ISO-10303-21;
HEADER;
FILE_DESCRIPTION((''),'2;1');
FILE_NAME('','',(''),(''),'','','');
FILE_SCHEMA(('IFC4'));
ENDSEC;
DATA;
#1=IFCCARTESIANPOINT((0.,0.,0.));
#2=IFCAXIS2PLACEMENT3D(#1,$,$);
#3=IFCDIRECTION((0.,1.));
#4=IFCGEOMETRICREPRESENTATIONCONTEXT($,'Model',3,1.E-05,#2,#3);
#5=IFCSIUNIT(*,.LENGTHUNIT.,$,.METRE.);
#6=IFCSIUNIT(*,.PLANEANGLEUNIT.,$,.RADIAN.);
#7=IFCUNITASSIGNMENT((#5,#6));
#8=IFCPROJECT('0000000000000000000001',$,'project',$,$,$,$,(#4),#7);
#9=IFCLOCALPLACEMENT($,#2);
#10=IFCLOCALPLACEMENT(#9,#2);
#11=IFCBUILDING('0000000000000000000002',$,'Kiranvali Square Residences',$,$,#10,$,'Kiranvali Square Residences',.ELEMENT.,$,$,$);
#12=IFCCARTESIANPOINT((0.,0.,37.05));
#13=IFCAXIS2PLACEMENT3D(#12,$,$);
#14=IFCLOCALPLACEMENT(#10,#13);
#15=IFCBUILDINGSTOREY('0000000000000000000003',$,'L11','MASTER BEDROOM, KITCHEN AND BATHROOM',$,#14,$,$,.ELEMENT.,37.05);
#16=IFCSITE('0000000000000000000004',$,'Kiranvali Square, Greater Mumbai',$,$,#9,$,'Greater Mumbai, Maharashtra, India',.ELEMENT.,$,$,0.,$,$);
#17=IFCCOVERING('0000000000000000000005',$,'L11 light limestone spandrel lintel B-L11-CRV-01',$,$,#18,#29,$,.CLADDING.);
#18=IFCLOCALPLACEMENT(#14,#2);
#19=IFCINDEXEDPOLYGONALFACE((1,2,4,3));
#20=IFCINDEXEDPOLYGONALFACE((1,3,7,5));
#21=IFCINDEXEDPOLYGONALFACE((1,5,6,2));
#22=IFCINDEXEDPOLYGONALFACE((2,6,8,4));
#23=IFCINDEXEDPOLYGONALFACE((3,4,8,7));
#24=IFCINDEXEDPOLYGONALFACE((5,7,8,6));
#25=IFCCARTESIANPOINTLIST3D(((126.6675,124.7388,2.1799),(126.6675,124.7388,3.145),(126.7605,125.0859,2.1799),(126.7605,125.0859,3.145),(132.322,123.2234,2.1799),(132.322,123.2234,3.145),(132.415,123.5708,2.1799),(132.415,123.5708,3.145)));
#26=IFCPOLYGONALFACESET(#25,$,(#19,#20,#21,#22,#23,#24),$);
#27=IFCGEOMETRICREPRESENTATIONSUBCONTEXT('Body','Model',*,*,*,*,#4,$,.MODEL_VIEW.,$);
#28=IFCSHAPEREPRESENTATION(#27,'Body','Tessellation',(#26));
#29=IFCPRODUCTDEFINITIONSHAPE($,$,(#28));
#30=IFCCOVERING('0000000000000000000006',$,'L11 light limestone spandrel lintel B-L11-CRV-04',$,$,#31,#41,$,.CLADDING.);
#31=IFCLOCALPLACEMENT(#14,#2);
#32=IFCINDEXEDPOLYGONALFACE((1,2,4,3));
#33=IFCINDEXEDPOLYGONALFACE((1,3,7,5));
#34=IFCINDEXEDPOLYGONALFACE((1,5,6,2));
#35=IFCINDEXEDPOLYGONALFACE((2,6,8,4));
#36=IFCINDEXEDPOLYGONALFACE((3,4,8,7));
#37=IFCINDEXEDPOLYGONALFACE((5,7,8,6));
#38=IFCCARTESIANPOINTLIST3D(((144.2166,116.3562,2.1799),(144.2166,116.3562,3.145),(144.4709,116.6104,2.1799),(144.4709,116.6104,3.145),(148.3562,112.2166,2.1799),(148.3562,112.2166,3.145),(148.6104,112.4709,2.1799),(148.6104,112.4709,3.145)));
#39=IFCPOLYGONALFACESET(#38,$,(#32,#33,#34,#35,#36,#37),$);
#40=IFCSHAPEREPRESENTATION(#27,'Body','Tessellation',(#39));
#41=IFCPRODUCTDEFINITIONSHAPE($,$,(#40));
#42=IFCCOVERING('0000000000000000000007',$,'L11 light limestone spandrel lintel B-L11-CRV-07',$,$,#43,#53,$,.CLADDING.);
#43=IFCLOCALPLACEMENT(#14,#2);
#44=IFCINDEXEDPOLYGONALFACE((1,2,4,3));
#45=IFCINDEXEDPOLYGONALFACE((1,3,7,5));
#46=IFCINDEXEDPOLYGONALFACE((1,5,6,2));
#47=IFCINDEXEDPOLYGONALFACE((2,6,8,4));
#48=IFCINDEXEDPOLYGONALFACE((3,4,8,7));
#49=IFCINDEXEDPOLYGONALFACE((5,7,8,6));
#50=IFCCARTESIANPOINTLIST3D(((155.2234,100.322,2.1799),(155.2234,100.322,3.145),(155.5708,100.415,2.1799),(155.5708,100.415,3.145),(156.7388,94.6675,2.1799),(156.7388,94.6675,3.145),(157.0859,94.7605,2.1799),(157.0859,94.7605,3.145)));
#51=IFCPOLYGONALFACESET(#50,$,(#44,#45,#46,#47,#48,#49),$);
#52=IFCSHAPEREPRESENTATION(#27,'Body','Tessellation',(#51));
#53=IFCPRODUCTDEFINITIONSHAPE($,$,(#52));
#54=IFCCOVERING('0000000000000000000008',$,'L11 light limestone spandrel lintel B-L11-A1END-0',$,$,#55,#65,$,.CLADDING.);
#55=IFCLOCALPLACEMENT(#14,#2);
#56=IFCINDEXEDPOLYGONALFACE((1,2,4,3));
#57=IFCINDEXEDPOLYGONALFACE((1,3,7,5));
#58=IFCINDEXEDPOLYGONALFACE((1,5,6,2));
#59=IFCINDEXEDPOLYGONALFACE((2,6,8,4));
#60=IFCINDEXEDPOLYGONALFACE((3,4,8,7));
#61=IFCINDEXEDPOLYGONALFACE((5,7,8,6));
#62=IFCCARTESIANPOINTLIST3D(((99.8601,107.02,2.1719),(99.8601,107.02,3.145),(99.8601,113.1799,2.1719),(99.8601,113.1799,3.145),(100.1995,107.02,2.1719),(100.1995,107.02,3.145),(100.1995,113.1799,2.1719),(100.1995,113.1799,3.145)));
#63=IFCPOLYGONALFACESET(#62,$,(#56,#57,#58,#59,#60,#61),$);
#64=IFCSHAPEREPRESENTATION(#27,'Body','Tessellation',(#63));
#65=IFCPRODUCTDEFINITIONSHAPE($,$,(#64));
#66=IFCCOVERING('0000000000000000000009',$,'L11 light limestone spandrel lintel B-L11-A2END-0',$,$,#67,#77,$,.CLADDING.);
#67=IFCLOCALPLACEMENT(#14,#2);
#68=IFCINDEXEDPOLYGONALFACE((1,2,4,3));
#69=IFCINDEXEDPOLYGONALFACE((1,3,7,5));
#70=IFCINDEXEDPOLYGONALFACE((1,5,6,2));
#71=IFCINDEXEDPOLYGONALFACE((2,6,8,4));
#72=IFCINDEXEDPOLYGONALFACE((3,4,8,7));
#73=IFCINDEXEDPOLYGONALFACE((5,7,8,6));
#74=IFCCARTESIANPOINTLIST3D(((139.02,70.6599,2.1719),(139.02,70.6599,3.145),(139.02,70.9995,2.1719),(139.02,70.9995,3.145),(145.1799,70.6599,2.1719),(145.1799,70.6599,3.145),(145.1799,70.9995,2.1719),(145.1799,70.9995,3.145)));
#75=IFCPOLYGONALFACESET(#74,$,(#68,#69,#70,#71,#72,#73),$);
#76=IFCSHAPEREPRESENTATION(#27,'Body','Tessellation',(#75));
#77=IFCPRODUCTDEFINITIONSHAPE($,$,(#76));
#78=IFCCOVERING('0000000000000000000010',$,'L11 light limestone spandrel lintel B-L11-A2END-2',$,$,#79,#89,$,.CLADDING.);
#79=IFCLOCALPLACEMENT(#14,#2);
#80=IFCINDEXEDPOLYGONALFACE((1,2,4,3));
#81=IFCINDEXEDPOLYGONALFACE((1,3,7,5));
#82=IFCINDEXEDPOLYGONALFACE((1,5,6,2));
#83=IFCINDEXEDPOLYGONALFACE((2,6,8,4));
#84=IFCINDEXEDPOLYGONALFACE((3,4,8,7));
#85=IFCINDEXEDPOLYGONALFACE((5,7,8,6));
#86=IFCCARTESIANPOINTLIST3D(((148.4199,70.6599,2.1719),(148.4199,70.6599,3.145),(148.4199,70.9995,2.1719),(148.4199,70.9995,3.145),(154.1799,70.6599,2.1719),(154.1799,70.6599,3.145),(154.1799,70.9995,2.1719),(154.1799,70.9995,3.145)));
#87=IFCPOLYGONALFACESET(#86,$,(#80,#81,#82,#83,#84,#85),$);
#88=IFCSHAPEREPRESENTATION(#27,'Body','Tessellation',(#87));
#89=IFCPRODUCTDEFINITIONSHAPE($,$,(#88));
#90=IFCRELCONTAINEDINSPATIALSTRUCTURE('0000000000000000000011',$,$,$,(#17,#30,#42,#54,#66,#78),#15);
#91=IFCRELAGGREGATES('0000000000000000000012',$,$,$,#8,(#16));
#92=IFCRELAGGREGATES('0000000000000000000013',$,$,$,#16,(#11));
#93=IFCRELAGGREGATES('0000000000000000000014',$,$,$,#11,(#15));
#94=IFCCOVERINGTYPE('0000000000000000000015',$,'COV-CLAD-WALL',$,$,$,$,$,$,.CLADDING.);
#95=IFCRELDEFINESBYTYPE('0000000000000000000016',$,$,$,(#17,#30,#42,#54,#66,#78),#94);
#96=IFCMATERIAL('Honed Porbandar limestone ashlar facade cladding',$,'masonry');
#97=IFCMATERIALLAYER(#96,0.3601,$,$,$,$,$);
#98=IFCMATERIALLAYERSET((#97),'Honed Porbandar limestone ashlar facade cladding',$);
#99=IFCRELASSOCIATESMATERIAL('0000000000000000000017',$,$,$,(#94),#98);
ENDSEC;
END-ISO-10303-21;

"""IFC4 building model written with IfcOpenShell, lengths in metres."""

from ifc_helpers import new_model, si_unit, direction, frame, origin, place, context, subcontext, project, spatial, polyline, outline, extrude, material, layer, layer_set, type_object, element, save


model = new_model("IFC4")

# Units and contexts
model_context = context("Model", 3, precision=1e-05, world=origin(), true_north=direction((0.0, 1.0)))
body_context = subcontext(model_context, "Body", "Model", "MODEL_VIEW")
ifc_project = project(units=[si_unit("LENGTHUNIT", "METRE"), si_unit("PLANEANGLEUNIT", "RADIAN")], contexts=[model_context])

# Site, building, storey
site_placement = place(None, origin())
site = spatial("IfcSite", under=ifc_project, at=site_placement, Name="Kiranvali Square, Greater Mumbai", LongName="Greater Mumbai, Maharashtra, India", CompositionType="ELEMENT", RefElevation=0.0)
building_placement = place(site_placement, origin())
building = spatial("IfcBuilding", under=site, at=building_placement, Name="Kiranvali Square Residences", LongName="Kiranvali Square Residences", CompositionType="ELEMENT")
storey_placement = place(building_placement, frame((0.0, 0.0, 37.05)))
storey = spatial("IfcBuildingStorey", under=building, at=storey_placement, Name="L11", Description="MASTER BEDROOM, KITCHEN AND BATHROOM", CompositionType="ELEMENT", Elevation=37.05)

# Coverings
ifc_material = material(Name="Honed Porbandar limestone ashlar facade cladding", Category="masonry")
ifc_layer = layer(ifc_material, 0.3601)
ifc_layer_set = layer_set([ifc_layer], Name="Honed Porbandar limestone ashlar facade cladding")
covering_type = type_object("IfcCoveringType", Name="COV-CLAD-WALL", PredefinedType="CLADDING", material=ifc_layer_set)
covering_1_placement = place(storey_placement, frame((0.0, 0.0, 2.1799)))
element("IfcCovering", 1, at=covering_1_placement, inside=storey, type_object=covering_type, Name="L11 light limestone spandrel lintel B-L11-CRV-01", PredefinedType="CLADDING", context=body_context, shape_type="SweptSolid", body=[
    extrude(outline(polyline([(126.6675, 124.7388), (132.322, 123.2234), (132.415, 123.5708), (126.7605, 125.0859), (126.6675, 124.7388)])), origin(), (0.0, 0.0, 1.0), 0.9651),
])
covering_2_placement = place(storey_placement, frame((0.0, 0.0, 2.1799)))
element("IfcCovering", 2, at=covering_2_placement, inside=storey, type_object=covering_type, Name="L11 light limestone spandrel lintel B-L11-CRV-04", PredefinedType="CLADDING", context=body_context, shape_type="SweptSolid", body=[
    extrude(outline(polyline([(144.2166, 116.3562), (148.3562, 112.2166), (148.6104, 112.4709), (144.4709, 116.6104), (144.2166, 116.3562)])), origin(), (0.0, 0.0, 1.0), 0.9651),
])
covering_3_placement = place(storey_placement, frame((0.0, 0.0, 2.1799)))
element("IfcCovering", 3, at=covering_3_placement, inside=storey, type_object=covering_type, Name="L11 light limestone spandrel lintel B-L11-CRV-07", PredefinedType="CLADDING", context=body_context, shape_type="SweptSolid", body=[
    extrude(outline(polyline([(155.2234, 100.322), (156.7388, 94.6675), (157.0859, 94.7605), (155.5708, 100.415), (155.2234, 100.322)])), origin(), (0.0, 0.0, 1.0), 0.9651),
])
covering_4_placement = place(storey_placement, frame((0.0, 0.0, 2.1719)))
element("IfcCovering", 4, at=covering_4_placement, inside=storey, type_object=covering_type, Name="L11 light limestone spandrel lintel B-L11-A1END-0", PredefinedType="CLADDING", context=body_context, shape_type="SweptSolid", body=[
    extrude(outline(polyline([(100.1995, 107.02), (100.1995, 113.1799), (99.8601, 113.1799), (99.8601, 107.02), (100.1995, 107.02)])), origin(), (0.0, 0.0, 1.0), 0.9731),
])
covering_5_placement = place(storey_placement, frame((0.0, 0.0, 2.1719)))
element("IfcCovering", 5, at=covering_5_placement, inside=storey, type_object=covering_type, Name="L11 light limestone spandrel lintel B-L11-A2END-0", PredefinedType="CLADDING", context=body_context, shape_type="SweptSolid", body=[
    extrude(outline(polyline([(139.02, 70.6599), (145.1799, 70.6599), (145.1799, 70.9995), (139.02, 70.9995), (139.02, 70.6599)])), origin(), (0.0, 0.0, 1.0), 0.9731),
])
covering_6_placement = place(storey_placement, frame((0.0, 0.0, 2.1719)))
element("IfcCovering", 6, at=covering_6_placement, inside=storey, type_object=covering_type, Name="L11 light limestone spandrel lintel B-L11-A2END-2", PredefinedType="CLADDING", context=body_context, shape_type="SweptSolid", body=[
    extrude(outline(polyline([(148.4199, 70.6599), (154.1799, 70.6599), (154.1799, 70.9995), (148.4199, 70.9995), (148.4199, 70.6599)])), origin(), (0.0, 0.0, 1.0), 0.9731),
])

save(model, "model.ifc")
